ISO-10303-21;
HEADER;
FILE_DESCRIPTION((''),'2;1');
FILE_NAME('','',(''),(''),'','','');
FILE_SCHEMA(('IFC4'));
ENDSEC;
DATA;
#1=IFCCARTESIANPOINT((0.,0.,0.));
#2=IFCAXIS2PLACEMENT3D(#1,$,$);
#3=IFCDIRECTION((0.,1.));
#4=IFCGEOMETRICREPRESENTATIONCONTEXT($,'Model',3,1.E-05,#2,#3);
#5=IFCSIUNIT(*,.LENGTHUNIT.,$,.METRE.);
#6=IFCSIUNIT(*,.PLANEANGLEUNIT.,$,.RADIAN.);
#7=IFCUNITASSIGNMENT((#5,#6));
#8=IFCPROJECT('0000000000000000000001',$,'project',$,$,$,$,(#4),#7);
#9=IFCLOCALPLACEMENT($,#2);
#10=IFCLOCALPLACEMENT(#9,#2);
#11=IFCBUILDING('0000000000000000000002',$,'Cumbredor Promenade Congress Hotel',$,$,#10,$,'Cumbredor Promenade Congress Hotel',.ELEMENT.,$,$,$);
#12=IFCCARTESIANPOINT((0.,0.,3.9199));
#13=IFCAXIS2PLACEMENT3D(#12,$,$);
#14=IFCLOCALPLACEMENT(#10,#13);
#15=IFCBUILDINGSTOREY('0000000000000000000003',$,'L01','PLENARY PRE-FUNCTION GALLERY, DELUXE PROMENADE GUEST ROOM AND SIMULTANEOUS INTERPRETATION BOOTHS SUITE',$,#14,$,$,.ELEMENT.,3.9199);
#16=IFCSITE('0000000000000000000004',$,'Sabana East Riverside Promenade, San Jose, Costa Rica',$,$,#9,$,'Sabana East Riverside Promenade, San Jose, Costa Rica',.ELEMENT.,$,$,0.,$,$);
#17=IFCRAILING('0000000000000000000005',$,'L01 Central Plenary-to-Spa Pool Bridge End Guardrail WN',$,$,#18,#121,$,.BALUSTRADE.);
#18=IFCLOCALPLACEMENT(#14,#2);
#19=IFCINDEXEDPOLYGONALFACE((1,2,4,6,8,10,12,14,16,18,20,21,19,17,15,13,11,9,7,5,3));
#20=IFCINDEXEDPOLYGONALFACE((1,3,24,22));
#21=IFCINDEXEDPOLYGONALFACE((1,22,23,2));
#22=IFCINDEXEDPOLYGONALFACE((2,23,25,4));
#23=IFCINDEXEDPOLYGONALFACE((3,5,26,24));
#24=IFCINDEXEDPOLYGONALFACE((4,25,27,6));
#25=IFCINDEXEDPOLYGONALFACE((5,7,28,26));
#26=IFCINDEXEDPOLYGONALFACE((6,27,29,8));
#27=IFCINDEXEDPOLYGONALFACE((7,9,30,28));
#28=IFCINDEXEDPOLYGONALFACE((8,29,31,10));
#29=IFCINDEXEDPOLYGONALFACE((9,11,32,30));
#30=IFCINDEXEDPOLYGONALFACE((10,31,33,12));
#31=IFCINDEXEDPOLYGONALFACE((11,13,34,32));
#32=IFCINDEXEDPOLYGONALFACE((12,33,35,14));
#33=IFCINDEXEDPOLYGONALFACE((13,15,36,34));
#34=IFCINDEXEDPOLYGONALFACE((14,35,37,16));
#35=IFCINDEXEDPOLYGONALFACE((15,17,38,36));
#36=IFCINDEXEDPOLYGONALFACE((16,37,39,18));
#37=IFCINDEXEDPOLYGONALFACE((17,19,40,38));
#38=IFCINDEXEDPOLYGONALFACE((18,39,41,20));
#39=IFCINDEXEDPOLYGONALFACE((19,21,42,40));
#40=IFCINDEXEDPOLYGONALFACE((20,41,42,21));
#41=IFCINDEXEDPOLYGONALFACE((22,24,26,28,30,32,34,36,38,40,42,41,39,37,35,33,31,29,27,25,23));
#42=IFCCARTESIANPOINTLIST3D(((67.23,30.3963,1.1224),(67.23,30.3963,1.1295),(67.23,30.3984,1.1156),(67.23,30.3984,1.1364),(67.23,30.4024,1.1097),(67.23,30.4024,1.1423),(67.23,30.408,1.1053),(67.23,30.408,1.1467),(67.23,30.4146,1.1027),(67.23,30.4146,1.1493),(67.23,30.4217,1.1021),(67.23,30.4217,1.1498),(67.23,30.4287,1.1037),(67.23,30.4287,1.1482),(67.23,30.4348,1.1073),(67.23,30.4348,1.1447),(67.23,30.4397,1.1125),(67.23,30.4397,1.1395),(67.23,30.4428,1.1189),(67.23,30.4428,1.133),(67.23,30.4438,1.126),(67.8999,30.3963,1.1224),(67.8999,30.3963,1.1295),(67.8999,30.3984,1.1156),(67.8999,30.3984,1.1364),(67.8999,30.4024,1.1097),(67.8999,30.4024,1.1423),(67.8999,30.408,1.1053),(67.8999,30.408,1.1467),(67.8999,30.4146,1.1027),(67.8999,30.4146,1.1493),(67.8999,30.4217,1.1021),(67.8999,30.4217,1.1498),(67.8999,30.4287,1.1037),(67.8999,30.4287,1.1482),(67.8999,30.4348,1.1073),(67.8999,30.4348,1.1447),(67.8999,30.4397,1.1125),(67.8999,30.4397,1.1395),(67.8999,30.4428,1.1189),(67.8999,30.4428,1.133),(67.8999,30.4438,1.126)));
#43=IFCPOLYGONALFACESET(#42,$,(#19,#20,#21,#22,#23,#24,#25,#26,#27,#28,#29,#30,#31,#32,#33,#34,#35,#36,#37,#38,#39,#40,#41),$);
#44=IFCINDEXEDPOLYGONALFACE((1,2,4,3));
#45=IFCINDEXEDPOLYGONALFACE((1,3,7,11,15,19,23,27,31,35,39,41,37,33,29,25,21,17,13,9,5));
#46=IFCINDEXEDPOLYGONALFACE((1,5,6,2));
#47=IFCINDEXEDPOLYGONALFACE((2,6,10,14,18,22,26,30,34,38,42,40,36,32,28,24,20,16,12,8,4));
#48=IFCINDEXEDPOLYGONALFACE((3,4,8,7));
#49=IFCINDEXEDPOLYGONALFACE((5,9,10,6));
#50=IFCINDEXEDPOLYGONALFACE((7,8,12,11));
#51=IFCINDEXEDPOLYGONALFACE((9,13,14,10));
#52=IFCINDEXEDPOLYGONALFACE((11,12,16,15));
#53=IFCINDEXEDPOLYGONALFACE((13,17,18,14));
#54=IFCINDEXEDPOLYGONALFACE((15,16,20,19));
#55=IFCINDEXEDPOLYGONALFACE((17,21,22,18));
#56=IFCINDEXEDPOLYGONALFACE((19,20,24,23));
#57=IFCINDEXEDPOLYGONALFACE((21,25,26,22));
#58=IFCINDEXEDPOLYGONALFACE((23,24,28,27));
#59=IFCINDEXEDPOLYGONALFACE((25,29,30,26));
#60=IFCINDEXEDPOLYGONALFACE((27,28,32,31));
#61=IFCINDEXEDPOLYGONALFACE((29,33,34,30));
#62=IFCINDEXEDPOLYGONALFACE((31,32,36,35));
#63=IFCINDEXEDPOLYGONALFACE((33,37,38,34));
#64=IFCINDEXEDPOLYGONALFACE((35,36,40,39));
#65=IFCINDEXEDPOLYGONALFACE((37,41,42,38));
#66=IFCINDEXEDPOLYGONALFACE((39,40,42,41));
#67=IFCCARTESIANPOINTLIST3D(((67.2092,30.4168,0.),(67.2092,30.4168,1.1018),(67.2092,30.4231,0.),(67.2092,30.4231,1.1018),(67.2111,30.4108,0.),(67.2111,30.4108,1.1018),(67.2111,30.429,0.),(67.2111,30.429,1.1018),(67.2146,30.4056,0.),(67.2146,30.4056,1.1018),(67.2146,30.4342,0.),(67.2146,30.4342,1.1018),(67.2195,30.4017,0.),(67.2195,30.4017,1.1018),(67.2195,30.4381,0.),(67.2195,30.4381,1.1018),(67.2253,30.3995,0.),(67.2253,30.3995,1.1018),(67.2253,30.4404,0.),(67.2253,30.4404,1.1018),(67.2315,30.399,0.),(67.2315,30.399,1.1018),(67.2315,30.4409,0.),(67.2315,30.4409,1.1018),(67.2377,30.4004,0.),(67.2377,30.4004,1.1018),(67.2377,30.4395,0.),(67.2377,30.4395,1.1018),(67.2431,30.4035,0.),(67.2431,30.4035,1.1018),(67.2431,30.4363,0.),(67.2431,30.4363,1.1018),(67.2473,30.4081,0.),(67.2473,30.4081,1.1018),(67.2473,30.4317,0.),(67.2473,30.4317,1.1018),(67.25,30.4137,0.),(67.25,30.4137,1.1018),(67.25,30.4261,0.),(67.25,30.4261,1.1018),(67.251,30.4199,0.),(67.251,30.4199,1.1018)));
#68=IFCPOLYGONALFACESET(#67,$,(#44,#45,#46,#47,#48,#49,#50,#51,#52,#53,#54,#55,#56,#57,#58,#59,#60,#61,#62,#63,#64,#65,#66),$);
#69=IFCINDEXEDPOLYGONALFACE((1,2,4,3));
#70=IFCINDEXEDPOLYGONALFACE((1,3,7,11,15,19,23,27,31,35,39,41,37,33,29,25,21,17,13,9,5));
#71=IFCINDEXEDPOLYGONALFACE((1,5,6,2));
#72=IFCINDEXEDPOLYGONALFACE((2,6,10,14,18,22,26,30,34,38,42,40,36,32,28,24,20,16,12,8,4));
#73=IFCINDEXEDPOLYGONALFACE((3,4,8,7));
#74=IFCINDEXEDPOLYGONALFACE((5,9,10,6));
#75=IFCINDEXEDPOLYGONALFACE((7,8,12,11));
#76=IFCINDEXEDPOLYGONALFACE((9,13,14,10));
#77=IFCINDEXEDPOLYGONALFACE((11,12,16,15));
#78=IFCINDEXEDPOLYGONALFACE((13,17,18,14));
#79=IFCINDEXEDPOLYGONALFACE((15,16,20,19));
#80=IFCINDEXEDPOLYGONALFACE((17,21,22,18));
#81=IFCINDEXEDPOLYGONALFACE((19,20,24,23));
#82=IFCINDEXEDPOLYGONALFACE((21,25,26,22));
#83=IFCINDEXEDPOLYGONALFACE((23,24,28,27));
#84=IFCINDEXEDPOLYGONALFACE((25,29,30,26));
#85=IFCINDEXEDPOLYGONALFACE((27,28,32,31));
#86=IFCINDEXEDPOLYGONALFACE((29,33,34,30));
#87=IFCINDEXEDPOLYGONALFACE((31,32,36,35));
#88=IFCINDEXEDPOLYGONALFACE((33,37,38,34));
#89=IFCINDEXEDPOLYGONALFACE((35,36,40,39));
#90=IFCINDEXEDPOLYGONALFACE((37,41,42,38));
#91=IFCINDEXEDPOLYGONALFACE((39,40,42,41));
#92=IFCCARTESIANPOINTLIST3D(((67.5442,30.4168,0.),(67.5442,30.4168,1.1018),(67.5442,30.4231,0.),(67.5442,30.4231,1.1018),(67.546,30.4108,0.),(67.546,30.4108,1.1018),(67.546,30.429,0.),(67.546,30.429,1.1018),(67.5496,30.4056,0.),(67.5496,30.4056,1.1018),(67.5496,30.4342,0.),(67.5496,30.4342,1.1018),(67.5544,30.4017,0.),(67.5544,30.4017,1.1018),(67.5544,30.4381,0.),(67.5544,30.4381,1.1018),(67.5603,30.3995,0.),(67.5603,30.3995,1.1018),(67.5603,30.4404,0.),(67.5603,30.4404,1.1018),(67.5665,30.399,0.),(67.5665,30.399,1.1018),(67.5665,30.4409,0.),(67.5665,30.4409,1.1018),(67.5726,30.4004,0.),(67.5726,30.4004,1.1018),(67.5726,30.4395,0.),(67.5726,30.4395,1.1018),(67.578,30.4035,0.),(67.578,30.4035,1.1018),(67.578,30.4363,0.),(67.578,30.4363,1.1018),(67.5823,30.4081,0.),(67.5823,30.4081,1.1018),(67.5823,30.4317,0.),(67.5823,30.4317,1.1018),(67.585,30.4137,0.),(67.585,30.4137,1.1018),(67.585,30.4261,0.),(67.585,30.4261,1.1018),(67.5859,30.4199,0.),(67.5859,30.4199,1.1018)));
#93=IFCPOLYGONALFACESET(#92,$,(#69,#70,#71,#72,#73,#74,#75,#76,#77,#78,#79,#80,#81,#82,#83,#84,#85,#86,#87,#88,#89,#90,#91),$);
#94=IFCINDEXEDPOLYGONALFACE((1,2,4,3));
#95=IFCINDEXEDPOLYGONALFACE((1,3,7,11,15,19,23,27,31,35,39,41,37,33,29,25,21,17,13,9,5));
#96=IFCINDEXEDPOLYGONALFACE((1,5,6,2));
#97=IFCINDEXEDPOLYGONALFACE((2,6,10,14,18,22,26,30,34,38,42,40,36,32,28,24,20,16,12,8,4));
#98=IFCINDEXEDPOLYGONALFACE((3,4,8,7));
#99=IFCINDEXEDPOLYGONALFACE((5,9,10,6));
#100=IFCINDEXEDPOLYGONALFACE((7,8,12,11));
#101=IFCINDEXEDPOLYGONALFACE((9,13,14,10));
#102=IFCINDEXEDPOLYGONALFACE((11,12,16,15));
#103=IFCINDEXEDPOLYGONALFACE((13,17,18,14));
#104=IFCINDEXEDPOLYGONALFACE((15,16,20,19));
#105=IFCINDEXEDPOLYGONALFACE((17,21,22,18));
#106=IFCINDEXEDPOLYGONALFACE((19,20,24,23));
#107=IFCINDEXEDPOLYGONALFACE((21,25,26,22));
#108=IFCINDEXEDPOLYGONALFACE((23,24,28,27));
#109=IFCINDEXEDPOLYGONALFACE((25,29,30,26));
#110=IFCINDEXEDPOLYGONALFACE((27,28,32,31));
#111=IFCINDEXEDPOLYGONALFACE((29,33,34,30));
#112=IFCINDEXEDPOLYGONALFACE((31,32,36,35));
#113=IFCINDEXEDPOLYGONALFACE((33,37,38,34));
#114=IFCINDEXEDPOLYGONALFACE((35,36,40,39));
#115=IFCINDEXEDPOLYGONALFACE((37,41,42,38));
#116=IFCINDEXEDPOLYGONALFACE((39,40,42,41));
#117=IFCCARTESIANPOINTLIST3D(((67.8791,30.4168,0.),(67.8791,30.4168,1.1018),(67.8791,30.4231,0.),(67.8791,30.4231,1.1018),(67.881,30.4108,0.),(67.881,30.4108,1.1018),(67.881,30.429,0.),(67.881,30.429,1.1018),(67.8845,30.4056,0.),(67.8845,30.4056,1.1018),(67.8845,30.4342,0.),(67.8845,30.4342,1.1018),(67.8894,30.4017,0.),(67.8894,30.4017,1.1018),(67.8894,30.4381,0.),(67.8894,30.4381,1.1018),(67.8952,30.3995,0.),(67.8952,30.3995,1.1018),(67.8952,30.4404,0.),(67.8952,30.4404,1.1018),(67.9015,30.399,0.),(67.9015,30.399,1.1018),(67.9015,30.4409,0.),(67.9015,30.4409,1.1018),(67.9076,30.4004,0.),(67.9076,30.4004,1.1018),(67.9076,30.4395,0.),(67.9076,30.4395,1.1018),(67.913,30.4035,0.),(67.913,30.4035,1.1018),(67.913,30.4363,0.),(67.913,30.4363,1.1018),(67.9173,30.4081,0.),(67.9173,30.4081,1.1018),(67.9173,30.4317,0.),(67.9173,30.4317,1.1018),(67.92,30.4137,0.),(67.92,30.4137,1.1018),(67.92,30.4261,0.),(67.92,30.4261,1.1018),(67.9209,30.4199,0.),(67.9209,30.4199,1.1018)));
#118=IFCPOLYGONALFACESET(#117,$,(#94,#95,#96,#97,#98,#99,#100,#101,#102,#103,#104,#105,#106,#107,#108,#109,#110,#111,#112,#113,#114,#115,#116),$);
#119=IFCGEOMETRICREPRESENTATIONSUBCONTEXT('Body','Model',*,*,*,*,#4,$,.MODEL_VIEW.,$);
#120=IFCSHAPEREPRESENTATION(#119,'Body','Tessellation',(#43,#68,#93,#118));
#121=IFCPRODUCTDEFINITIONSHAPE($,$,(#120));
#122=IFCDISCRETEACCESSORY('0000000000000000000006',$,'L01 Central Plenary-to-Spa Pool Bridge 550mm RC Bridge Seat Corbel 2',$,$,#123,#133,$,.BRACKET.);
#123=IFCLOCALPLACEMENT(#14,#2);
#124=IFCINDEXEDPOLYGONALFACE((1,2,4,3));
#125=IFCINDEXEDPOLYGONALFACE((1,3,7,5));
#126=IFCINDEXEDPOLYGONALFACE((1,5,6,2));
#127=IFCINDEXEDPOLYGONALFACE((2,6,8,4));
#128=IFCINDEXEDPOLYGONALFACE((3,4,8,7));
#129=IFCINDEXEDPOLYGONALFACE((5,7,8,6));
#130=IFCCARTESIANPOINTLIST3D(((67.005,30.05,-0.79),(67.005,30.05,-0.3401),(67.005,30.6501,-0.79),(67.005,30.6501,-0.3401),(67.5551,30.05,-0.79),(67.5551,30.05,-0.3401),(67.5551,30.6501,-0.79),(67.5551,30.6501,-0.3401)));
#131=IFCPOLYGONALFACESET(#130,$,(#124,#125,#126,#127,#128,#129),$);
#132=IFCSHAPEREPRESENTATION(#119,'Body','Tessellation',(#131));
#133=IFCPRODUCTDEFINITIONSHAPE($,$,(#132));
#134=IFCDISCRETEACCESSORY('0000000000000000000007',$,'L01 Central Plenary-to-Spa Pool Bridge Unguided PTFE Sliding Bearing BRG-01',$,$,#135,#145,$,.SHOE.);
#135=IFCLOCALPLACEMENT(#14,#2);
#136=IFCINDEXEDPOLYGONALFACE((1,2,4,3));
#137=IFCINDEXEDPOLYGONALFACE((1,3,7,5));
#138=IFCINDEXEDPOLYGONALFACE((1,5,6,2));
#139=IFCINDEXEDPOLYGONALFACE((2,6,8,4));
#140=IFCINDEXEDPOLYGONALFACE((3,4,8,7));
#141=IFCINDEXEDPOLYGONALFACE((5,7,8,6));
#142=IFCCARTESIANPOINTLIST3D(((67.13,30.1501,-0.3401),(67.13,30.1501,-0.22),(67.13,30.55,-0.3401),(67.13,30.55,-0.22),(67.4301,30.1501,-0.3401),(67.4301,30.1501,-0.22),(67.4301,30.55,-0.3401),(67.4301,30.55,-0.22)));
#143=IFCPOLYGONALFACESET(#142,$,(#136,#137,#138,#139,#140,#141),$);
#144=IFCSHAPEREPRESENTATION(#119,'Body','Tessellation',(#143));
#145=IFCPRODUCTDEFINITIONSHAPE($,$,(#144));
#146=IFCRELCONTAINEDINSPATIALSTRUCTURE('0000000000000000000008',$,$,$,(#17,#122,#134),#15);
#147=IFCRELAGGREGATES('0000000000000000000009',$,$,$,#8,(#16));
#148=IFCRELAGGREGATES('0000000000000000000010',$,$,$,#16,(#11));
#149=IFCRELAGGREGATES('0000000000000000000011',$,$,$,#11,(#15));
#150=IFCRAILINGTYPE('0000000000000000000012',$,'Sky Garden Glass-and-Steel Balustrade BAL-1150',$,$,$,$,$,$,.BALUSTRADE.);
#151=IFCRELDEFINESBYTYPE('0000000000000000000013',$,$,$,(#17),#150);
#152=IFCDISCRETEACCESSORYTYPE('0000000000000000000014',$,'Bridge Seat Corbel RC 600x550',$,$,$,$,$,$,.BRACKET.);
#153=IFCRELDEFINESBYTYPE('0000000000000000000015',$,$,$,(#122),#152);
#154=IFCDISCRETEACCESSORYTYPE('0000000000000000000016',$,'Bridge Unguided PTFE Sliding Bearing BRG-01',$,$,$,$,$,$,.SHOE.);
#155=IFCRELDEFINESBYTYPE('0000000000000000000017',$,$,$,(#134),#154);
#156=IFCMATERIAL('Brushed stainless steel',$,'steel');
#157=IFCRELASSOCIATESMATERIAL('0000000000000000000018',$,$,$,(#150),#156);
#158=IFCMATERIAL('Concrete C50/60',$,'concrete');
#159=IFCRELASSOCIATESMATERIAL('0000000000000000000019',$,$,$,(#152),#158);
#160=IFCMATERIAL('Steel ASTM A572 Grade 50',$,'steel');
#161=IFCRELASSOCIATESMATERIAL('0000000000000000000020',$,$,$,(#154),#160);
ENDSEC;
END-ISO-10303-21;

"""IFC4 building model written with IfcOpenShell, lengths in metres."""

from ifc_helpers import new_model, si_unit, direction, frame, origin, origin_2d, place, context, subcontext, project, spatial, rectangle, circle, extrude, material, type_object, element, save


model = new_model("IFC4")

# Units and contexts
model_context = context("Model", 3, precision=1e-05, world=origin(), true_north=direction((0.0, 1.0)))
body_context = subcontext(model_context, "Body", "Model", "MODEL_VIEW")
ifc_project = project(units=[si_unit("LENGTHUNIT", "METRE"), si_unit("PLANEANGLEUNIT", "RADIAN")], contexts=[model_context])

# Site, building, storey
site_placement = place(None, origin())
site = spatial("IfcSite", under=ifc_project, at=site_placement, Name="Sabana East Riverside Promenade, San Jose, Costa Rica", LongName="Sabana East Riverside Promenade, San Jose, Costa Rica", CompositionType="ELEMENT", RefElevation=0.0)
building_placement = place(site_placement, origin())
building = spatial("IfcBuilding", under=site, at=building_placement, Name="Cumbredor Promenade Congress Hotel", LongName="Cumbredor Promenade Congress Hotel", CompositionType="ELEMENT")
storey_placement = place(building_placement, frame((0.0, 0.0, 3.9199)))
storey = spatial("IfcBuildingStorey", under=building, at=storey_placement, Name="L01", Description="PLENARY PRE-FUNCTION GALLERY, DELUXE PROMENADE GUEST ROOM AND SIMULTANEOUS INTERPRETATION BOOTHS SUITE", CompositionType="ELEMENT", Elevation=3.9199)

# Shared definitions
ifc_material_1 = material(Name="Steel ASTM A572 Grade 50", Category="steel")

# Railing
ifc_material_2 = material(Name="Brushed stainless steel", Category="steel")
railing_type = type_object("IfcRailingType", Name="Sky Garden Glass-and-Steel Balustrade BAL-1150", PredefinedType="BALUSTRADE", material=ifc_material_2)
railing_placement = place(storey_placement, frame((67.23, 30.4199, 0.0)))
element("IfcRailing", 1, at=railing_placement, inside=storey, type_object=railing_type, Name="L01 Central Plenary-to-Spa Pool Bridge End Guardrail WN", PredefinedType="BALUSTRADE", context=body_context, shape_type="SweptSolid", body=[
    extrude(circle(Radius=0.0239, at=origin_2d()), frame((0.0, 0.0, 1.126), z_axis=(1.0, 0.0, 0.0), x_axis=(0.0, 1.0, 0.0)), (0.0, 0.0, 1.0), 0.6699),
    extrude(circle(Radius=0.021, at=origin_2d()), origin(), (0.0, 0.0, 1.0), 1.1018),
    extrude(circle(Radius=0.021, at=origin_2d()), frame((0.335, 0.0, 0.0)), (0.0, 0.0, 1.0), 1.1018),
    extrude(circle(Radius=0.021, at=origin_2d()), frame((0.6699, 0.0, 0.0)), (0.0, 0.0, 1.0), 1.1018),
])

# Discrete accessories
ifc_material_3 = material(Name="Concrete C50/60", Category="concrete")
discrete_accessory_type_1 = type_object("IfcDiscreteAccessoryType", Name="Bridge Seat Corbel RC 600x550", PredefinedType="BRACKET", material=ifc_material_3)
discrete_accessory_1_placement = place(storey_placement, frame((67.28, 30.3501, -0.79), z_axis=(0.0, 0.0, 1.0), x_axis=(1.0, 0.0, 0.0)))
element("IfcDiscreteAccessory", 2, at=discrete_accessory_1_placement, inside=storey, type_object=discrete_accessory_type_1, Name="L01 Central Plenary-to-Spa Pool Bridge 550mm RC Bridge Seat Corbel 2", PredefinedType="BRACKET", context=body_context, shape_type="SweptSolid", body=[
    extrude(rectangle(XDim=0.55, YDim=0.6001, at=origin_2d()), origin(), (0.0, 0.0, 1.0), 0.45),
])
discrete_accessory_type_2 = type_object("IfcDiscreteAccessoryType", Name="Bridge Unguided PTFE Sliding Bearing BRG-01", PredefinedType="SHOE", material=ifc_material_1)
discrete_accessory_2_placement = place(storey_placement, frame((67.28, 30.3501, -0.3401), z_axis=(0.0, 0.0, 1.0), x_axis=(1.0, 0.0, 0.0)))
element("IfcDiscreteAccessory", 3, at=discrete_accessory_2_placement, inside=storey, type_object=discrete_accessory_type_2, Name="L01 Central Plenary-to-Spa Pool Bridge Unguided PTFE Sliding Bearing BRG-01", PredefinedType="SHOE", context=body_context, shape_type="SweptSolid", body=[
    extrude(rectangle(XDim=0.3, YDim=0.3999, at=origin_2d()), origin(), (0.0, 0.0, 1.0), 0.1201),
])

save(model, "model.ifc")
